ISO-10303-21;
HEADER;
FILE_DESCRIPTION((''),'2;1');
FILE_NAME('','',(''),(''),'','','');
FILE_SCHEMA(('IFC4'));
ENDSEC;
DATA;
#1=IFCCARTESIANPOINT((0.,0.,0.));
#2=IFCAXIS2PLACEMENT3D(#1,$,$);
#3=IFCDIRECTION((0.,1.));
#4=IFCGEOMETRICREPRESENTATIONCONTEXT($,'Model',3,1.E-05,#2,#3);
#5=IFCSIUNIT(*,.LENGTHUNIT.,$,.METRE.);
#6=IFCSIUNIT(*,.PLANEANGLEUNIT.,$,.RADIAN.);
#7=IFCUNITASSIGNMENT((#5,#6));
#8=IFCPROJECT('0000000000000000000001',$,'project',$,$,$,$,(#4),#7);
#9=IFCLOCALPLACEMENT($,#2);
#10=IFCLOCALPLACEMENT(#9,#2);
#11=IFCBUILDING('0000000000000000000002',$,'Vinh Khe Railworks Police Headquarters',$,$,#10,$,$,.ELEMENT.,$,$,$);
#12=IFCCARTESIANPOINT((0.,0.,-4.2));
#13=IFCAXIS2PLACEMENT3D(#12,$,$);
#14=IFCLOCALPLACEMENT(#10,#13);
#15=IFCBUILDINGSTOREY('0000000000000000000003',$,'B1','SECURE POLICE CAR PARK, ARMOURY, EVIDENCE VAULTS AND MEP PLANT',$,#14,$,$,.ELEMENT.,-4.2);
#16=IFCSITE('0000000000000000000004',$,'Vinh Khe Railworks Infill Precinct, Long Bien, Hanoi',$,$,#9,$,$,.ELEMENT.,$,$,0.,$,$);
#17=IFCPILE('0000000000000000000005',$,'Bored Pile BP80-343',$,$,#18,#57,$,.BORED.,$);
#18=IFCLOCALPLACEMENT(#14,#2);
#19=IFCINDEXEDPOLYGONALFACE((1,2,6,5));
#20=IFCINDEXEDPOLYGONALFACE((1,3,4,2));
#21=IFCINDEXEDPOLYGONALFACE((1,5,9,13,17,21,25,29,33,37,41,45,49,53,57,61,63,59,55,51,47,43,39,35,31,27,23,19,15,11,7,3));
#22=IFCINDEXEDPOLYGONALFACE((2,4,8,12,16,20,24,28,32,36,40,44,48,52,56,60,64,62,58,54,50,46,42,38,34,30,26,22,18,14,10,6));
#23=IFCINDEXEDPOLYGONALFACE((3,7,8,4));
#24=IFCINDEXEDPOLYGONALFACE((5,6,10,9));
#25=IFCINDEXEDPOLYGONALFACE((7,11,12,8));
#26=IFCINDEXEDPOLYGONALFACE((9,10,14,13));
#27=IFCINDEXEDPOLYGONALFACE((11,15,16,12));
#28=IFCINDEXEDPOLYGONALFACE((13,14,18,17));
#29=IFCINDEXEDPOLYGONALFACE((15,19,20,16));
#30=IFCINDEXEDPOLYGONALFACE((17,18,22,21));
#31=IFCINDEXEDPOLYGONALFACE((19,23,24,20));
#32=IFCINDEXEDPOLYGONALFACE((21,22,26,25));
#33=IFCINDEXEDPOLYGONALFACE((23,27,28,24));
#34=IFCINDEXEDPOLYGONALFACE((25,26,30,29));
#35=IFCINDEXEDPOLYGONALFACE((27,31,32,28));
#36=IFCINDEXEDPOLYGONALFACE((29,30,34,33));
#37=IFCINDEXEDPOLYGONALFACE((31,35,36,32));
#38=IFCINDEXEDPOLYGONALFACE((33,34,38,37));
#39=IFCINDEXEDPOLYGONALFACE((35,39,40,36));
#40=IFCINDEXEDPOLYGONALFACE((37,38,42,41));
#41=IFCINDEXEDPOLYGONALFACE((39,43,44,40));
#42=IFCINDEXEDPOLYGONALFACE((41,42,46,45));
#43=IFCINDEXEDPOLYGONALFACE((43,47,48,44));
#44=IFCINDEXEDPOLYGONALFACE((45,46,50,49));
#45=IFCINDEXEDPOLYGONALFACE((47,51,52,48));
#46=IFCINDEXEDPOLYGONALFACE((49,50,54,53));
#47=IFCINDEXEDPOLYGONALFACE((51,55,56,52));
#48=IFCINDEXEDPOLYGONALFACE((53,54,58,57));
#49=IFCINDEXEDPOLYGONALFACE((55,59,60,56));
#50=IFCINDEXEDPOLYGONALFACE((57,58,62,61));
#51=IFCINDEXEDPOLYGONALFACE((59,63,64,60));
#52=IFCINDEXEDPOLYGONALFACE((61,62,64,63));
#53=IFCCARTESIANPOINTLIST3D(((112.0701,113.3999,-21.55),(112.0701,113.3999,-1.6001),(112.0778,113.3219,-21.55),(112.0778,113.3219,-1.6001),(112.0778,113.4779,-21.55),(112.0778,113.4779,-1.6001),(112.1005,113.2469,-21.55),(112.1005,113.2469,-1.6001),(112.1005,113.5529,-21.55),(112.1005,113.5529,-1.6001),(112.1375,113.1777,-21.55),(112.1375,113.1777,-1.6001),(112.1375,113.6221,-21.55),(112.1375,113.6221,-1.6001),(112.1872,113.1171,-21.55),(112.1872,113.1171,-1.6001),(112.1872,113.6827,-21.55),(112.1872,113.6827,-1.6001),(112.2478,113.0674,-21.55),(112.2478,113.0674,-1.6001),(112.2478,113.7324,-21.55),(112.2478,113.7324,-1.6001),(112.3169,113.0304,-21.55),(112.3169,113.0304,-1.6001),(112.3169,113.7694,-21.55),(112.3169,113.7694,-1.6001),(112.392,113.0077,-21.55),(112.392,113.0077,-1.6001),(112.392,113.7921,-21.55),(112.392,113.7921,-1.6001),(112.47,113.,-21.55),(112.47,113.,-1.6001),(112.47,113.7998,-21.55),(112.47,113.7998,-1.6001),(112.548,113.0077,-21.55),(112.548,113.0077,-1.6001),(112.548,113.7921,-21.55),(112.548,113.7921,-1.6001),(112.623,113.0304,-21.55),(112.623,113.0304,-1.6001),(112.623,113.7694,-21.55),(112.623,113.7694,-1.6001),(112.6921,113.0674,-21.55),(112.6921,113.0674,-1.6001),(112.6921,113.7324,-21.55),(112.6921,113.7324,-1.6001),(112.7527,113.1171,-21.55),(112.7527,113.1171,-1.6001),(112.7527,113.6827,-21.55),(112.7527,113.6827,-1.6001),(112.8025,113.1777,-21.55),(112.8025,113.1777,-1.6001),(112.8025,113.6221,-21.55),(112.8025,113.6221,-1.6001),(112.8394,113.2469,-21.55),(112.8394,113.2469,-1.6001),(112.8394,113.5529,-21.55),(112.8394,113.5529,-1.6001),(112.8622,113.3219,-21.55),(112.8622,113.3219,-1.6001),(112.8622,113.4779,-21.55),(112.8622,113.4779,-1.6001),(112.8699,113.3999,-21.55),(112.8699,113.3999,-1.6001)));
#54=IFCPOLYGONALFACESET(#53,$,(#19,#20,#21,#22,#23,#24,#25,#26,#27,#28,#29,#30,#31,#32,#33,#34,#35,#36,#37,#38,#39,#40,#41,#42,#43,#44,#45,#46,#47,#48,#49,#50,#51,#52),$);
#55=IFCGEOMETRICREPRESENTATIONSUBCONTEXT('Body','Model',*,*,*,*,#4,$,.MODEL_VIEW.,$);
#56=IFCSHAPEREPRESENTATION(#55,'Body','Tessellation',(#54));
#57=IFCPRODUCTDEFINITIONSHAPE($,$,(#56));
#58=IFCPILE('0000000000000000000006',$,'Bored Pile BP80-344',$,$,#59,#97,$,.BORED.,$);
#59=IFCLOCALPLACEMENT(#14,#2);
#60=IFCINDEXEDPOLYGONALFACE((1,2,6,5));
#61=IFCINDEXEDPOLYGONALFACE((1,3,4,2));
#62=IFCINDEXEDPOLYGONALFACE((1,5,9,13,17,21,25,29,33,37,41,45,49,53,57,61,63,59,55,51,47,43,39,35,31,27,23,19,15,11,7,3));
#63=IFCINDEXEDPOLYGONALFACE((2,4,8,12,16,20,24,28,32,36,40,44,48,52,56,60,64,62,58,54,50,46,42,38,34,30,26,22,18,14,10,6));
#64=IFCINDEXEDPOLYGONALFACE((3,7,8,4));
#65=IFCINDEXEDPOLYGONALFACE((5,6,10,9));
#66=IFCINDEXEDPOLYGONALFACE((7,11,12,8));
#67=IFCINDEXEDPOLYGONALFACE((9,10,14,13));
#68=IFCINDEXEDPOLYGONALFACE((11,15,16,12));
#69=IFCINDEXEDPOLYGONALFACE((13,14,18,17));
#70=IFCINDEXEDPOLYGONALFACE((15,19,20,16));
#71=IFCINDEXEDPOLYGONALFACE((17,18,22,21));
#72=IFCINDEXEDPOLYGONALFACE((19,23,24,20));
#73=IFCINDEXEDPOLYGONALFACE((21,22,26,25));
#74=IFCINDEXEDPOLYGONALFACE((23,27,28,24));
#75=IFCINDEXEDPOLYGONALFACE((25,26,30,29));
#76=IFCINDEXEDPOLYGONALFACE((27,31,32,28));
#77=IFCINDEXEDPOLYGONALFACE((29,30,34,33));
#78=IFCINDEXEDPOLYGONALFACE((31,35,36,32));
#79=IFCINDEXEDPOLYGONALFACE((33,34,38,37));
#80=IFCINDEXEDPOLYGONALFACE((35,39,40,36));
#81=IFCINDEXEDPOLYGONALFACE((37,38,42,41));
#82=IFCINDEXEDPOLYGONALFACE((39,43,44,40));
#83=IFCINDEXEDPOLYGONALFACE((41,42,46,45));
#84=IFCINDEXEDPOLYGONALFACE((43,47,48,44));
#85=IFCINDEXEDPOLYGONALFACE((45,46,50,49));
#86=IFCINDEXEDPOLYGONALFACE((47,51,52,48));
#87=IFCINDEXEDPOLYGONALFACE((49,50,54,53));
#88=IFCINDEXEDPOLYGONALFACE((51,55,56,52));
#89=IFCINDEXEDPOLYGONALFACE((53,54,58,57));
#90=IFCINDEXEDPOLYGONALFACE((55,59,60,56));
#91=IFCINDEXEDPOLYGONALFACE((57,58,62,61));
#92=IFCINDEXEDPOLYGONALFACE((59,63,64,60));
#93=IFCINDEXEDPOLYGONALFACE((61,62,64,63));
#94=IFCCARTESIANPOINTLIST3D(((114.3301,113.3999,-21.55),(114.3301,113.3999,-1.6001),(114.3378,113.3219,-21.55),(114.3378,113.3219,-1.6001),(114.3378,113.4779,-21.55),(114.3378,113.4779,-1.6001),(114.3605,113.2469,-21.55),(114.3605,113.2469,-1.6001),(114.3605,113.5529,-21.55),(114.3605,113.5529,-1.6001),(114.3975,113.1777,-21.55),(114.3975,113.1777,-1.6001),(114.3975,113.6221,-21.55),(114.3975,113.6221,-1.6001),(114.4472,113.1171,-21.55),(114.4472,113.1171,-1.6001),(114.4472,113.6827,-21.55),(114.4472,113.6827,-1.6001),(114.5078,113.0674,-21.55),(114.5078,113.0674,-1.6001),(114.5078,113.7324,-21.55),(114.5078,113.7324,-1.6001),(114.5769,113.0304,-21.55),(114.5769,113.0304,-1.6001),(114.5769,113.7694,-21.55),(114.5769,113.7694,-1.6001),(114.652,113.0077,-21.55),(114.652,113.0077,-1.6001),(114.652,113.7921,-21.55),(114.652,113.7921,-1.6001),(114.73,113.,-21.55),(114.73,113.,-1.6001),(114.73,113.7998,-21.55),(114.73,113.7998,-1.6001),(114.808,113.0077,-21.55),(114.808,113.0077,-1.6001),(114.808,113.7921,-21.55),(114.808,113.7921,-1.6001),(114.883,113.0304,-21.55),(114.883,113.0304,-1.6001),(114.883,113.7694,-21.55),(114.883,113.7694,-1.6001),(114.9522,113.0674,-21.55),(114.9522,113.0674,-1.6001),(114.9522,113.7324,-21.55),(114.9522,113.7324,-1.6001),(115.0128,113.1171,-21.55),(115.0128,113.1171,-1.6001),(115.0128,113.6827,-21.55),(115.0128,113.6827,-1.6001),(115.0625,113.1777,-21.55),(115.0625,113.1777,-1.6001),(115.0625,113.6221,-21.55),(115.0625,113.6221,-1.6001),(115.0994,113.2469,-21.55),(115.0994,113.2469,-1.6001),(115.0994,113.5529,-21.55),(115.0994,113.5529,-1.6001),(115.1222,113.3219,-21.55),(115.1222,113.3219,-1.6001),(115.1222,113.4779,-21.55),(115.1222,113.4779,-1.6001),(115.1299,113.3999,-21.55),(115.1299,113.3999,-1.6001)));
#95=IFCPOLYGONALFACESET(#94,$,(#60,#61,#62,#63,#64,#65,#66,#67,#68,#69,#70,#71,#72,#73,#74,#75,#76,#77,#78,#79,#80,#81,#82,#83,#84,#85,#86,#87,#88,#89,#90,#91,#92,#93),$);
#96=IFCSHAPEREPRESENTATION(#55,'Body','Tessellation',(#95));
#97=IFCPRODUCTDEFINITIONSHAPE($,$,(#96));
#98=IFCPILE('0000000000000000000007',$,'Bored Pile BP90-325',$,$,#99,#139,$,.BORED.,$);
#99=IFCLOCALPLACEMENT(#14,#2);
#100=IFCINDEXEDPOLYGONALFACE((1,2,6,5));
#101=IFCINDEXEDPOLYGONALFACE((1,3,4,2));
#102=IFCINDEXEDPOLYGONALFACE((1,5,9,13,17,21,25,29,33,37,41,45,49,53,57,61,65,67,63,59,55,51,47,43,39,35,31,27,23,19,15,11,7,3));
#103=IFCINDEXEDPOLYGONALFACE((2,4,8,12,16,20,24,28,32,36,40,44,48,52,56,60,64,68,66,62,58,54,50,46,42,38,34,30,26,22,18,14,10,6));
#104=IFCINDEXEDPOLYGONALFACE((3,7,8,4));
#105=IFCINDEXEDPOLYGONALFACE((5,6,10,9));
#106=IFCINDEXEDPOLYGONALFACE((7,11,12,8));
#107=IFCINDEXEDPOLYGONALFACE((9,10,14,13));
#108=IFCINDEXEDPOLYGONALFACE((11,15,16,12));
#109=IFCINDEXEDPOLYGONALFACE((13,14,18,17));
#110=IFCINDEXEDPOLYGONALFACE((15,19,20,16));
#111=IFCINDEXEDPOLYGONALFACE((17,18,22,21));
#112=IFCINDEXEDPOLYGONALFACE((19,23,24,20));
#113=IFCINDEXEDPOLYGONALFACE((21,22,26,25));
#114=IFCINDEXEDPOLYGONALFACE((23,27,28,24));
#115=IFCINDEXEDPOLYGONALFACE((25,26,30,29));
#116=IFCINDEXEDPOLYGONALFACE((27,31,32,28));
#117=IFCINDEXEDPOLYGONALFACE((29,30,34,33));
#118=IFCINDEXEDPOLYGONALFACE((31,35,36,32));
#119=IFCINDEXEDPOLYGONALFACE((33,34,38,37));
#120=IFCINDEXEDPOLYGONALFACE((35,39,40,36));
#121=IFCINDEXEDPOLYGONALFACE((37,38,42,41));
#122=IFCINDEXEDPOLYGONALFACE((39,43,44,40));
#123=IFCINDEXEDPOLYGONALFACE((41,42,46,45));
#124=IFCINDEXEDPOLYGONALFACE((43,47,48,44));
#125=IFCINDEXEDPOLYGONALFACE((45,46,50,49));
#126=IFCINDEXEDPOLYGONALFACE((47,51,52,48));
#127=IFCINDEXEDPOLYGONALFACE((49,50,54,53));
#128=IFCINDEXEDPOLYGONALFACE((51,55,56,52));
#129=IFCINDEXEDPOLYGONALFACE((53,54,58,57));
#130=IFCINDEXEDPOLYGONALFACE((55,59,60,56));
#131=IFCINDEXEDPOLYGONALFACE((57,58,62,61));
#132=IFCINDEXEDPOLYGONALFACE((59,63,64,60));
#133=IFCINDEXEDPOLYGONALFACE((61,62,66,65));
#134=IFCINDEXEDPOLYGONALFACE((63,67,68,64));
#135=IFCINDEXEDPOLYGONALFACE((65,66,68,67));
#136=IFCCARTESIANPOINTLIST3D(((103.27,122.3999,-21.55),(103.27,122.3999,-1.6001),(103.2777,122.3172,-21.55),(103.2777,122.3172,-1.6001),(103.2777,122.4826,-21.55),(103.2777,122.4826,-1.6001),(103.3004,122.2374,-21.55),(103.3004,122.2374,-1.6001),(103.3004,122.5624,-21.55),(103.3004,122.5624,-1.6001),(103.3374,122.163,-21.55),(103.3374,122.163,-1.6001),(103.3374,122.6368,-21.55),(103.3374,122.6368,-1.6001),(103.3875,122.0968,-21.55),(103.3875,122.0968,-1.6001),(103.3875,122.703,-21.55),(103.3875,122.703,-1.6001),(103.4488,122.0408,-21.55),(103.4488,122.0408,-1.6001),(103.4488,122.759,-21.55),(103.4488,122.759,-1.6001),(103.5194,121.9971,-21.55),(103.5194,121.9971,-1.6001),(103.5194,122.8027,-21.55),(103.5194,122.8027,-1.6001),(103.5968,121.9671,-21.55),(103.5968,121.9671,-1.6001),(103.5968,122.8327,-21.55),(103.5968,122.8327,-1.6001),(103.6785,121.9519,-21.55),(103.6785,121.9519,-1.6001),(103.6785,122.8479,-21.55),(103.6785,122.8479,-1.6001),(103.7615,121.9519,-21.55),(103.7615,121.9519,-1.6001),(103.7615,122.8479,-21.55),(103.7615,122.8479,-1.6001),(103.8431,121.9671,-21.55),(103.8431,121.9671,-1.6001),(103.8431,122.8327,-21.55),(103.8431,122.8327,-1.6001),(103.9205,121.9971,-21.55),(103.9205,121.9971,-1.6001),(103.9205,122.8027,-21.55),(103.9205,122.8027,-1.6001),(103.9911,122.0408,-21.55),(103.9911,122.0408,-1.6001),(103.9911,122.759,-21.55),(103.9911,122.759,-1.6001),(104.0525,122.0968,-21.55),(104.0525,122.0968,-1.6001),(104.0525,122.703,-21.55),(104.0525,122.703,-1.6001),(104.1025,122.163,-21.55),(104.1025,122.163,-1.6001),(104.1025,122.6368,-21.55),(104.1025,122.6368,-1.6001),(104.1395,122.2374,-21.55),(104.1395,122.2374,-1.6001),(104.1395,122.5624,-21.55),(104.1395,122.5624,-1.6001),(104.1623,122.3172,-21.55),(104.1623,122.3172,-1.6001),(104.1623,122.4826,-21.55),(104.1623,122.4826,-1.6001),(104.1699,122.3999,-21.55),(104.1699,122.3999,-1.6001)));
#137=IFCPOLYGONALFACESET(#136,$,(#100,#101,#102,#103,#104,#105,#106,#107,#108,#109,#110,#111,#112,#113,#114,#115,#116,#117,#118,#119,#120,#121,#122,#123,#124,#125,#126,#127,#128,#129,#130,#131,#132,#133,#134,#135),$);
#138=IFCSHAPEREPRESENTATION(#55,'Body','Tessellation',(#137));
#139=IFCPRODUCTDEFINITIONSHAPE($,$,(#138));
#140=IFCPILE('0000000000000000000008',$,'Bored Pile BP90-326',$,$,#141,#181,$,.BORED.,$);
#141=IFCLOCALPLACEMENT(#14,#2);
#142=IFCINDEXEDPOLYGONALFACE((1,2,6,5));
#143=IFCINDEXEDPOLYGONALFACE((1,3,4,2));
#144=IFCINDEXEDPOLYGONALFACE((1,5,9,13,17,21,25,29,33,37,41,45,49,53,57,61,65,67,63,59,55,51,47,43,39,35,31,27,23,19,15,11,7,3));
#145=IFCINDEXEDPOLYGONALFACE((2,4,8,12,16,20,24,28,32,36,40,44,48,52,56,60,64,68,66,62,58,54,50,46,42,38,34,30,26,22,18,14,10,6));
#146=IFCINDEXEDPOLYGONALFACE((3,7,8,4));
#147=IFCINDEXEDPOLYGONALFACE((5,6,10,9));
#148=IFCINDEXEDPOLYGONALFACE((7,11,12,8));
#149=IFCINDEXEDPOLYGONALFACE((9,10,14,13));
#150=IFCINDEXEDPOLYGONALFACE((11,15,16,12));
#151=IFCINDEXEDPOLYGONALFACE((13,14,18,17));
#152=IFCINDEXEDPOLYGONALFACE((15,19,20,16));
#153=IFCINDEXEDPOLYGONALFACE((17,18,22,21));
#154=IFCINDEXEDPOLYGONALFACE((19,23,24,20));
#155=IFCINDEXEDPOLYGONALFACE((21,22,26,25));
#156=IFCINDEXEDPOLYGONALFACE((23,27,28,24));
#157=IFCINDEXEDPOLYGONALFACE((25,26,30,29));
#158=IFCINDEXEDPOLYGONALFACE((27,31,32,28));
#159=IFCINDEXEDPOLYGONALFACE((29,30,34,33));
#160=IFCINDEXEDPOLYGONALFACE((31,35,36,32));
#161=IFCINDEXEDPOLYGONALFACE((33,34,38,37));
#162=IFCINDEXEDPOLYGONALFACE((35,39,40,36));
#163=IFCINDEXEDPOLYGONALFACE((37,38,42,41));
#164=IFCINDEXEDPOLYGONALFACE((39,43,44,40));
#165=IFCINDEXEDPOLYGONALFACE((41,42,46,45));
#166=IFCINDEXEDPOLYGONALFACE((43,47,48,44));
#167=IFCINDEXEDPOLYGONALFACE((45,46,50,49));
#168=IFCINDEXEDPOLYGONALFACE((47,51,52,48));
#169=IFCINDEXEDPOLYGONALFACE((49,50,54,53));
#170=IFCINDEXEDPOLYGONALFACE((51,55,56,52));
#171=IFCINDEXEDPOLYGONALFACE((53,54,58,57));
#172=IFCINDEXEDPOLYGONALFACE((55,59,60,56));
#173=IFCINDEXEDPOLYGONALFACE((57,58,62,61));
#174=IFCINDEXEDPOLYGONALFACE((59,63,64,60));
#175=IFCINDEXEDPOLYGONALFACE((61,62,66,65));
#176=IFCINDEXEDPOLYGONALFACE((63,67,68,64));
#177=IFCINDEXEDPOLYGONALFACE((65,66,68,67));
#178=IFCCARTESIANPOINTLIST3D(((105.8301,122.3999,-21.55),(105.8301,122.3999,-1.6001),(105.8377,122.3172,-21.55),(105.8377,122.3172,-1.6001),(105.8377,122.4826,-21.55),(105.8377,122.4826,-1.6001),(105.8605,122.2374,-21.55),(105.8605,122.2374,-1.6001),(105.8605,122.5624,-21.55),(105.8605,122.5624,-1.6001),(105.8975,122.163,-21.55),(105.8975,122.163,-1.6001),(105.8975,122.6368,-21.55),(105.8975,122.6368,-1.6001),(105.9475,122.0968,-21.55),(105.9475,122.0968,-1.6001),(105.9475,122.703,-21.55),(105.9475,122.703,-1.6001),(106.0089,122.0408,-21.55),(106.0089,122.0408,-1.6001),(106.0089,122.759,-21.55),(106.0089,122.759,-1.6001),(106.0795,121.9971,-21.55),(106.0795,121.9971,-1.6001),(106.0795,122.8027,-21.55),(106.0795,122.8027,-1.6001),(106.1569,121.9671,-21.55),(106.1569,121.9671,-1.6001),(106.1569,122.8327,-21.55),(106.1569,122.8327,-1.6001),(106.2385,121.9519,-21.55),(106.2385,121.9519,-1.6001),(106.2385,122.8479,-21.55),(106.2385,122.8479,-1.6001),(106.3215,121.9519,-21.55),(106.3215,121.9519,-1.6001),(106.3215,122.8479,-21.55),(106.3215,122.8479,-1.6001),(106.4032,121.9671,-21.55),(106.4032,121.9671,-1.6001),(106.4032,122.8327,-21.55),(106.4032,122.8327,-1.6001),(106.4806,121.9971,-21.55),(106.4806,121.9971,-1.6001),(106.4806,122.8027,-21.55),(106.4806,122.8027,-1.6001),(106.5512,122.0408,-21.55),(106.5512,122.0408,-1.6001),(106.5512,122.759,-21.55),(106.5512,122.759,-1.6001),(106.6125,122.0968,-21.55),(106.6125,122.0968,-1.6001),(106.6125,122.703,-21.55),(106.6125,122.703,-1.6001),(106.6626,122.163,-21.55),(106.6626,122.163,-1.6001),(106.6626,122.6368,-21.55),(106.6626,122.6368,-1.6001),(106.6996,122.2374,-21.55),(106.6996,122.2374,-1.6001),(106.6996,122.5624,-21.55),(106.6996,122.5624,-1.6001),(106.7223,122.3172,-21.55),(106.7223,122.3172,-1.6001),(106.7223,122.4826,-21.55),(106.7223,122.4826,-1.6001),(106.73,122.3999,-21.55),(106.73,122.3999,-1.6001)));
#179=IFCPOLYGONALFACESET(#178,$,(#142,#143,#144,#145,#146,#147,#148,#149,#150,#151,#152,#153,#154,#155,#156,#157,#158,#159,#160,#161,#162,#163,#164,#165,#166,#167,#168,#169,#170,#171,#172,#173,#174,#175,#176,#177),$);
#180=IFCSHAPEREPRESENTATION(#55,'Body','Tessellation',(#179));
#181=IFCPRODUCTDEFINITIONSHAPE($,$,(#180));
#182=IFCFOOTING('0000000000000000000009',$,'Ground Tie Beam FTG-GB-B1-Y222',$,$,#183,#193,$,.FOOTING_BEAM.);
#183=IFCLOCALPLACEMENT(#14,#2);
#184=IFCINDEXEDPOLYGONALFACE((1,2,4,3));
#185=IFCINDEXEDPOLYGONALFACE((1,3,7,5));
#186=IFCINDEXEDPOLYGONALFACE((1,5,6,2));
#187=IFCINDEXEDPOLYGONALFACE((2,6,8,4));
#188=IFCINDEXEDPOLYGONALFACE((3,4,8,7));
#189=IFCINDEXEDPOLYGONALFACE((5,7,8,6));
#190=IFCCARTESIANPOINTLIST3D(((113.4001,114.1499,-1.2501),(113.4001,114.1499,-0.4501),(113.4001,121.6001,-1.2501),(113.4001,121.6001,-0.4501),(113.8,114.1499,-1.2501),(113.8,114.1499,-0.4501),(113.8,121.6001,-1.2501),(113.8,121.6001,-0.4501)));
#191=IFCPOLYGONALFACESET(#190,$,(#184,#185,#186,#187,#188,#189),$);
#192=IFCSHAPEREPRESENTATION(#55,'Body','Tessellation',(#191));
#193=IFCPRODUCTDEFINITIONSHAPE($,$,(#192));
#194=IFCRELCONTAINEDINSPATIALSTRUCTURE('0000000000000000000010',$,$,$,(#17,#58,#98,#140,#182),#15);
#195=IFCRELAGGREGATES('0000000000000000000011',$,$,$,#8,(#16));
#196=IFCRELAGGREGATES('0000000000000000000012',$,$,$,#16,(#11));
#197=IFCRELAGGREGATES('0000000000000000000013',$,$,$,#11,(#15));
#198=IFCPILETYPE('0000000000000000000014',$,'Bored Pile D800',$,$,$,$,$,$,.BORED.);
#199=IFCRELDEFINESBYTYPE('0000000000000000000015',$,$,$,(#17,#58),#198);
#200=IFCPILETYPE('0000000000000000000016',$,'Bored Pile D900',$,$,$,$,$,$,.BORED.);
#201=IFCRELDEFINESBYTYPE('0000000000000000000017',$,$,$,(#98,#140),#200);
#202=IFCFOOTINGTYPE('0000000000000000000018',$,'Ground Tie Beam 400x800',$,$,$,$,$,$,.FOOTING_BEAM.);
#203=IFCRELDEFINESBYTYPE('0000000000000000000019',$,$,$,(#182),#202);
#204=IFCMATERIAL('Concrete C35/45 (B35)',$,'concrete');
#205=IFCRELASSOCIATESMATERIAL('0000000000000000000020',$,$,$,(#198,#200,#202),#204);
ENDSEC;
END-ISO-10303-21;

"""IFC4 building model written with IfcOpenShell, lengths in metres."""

from ifc_helpers import new_model, si_unit, direction, frame, origin, origin_2d, place, context, subcontext, project, spatial, rectangle, circle, extrude, material, material_profile, profile_set, type_object, element, save


model = new_model("IFC4")

# Units and contexts
model_context = context("Model", 3, precision=1e-05, world=origin(), true_north=direction((0.0, 1.0)))
body_context = subcontext(model_context, "Body", "Model", "MODEL_VIEW")
ifc_project = project(units=[si_unit("LENGTHUNIT", "METRE"), si_unit("PLANEANGLEUNIT", "RADIAN")], contexts=[model_context])

# Site, building, storey
site_placement = place(None, origin())
site = spatial("IfcSite", under=ifc_project, at=site_placement, Name="Vinh Khe Railworks Infill Precinct, Long Bien, Hanoi", CompositionType="ELEMENT", RefElevation=0.0)
building_placement = place(site_placement, origin())
building = spatial("IfcBuilding", under=site, at=building_placement, Name="Vinh Khe Railworks Police Headquarters", CompositionType="ELEMENT")
storey_placement = place(building_placement, frame((0.0, 0.0, -4.2)))
storey = spatial("IfcBuildingStorey", under=building, at=storey_placement, Name="B1", Description="SECURE POLICE CAR PARK, ARMOURY, EVIDENCE VAULTS AND MEP PLANT", CompositionType="ELEMENT", Elevation=-4.2)

# Piles
ifc_material_1 = material(Name="Concrete C35/45 (B35)", Category="concrete")
ifc_material_profile_1 = material_profile(ifc_material_1, circle(Radius=0.3999, at=origin_2d()), Name="BORED PILE D800")
ifc_profile_set_1 = profile_set([ifc_material_profile_1], Name="Concrete C35/45 (B35)")
pile_type_1 = type_object("IfcPileType", Name="Bored Pile D800", PredefinedType="BORED", material=ifc_profile_set_1)
for number, where, z_axis, x_axis, name in (
    (1, (112.47, 113.3999, -1.6001), (0.0, 0.0, -1.0), (1.0, 0.0, 0.0), "Bored Pile BP80-343"),
    (2, (114.73, 113.3999, -1.6001), (0.0, 0.0, -1.0), (1.0, 0.0, 0.0), "Bored Pile BP80-344"),
):
    element("IfcPile", number, at=place(storey_placement, frame(where, z_axis=z_axis, x_axis=x_axis)), inside=storey, type_object=pile_type_1, Name=name, PredefinedType="BORED", context=body_context, shape_type="SweptSolid", body=[
        extrude(circle(Radius=0.3999, at=origin_2d()), origin(), (0.0, 0.0, 1.0), 19.95),
    ])
ifc_material_profile_2 = material_profile(ifc_material_1, circle(Radius=0.45, at=origin_2d()), Name="BORED PILE D900")
ifc_profile_set_2 = profile_set([ifc_material_profile_2], Name="Concrete C35/45 (B35)")
pile_type_2 = type_object("IfcPileType", Name="Bored Pile D900", PredefinedType="BORED", material=ifc_profile_set_2)
for number, where, z_axis, x_axis, name in (
    (3, (103.72, 122.3999, -1.6001), (0.0, 0.0, -1.0), (1.0, 0.0, 0.0), "Bored Pile BP90-325"),
    (4, (106.28, 122.3999, -1.6001), (0.0, 0.0, -1.0), (1.0, 0.0, 0.0), "Bored Pile BP90-326"),
):
    element("IfcPile", number, at=place(storey_placement, frame(where, z_axis=z_axis, x_axis=x_axis)), inside=storey, type_object=pile_type_2, Name=name, PredefinedType="BORED", context=body_context, shape_type="SweptSolid", body=[
        extrude(circle(Radius=0.45, at=origin_2d()), origin(), (0.0, 0.0, 1.0), 19.95),
    ])

# Footing
ifc_material_profile_3 = material_profile(ifc_material_1, rectangle(XDim=0.3999, YDim=0.8, at=origin_2d()), Name="RC 400x800")
ifc_profile_set_3 = profile_set([ifc_material_profile_3], Name="Concrete C35/45 (B35)")
footing_type_1 = type_object("IfcFootingType", Name="Ground Tie Beam 400x800", PredefinedType="FOOTING_BEAM", material=ifc_profile_set_3)
footing_1_placement = place(storey_placement, frame((113.6001, 114.1499, -0.8501), z_axis=(0.0, 1.0, 0.0), x_axis=(-1.0, 0.0, 0.0)))
element("IfcFooting", 5, at=footing_1_placement, inside=storey, type_object=footing_type_1, Name="Ground Tie Beam FTG-GB-B1-Y222", PredefinedType="FOOTING_BEAM", context=body_context, shape_type="SweptSolid", body=[
    extrude(rectangle(XDim=0.3999, YDim=0.8, at=origin_2d()), origin(), (0.0, 0.0, 1.0), 7.4502),
])

save(model, "model.ifc")
